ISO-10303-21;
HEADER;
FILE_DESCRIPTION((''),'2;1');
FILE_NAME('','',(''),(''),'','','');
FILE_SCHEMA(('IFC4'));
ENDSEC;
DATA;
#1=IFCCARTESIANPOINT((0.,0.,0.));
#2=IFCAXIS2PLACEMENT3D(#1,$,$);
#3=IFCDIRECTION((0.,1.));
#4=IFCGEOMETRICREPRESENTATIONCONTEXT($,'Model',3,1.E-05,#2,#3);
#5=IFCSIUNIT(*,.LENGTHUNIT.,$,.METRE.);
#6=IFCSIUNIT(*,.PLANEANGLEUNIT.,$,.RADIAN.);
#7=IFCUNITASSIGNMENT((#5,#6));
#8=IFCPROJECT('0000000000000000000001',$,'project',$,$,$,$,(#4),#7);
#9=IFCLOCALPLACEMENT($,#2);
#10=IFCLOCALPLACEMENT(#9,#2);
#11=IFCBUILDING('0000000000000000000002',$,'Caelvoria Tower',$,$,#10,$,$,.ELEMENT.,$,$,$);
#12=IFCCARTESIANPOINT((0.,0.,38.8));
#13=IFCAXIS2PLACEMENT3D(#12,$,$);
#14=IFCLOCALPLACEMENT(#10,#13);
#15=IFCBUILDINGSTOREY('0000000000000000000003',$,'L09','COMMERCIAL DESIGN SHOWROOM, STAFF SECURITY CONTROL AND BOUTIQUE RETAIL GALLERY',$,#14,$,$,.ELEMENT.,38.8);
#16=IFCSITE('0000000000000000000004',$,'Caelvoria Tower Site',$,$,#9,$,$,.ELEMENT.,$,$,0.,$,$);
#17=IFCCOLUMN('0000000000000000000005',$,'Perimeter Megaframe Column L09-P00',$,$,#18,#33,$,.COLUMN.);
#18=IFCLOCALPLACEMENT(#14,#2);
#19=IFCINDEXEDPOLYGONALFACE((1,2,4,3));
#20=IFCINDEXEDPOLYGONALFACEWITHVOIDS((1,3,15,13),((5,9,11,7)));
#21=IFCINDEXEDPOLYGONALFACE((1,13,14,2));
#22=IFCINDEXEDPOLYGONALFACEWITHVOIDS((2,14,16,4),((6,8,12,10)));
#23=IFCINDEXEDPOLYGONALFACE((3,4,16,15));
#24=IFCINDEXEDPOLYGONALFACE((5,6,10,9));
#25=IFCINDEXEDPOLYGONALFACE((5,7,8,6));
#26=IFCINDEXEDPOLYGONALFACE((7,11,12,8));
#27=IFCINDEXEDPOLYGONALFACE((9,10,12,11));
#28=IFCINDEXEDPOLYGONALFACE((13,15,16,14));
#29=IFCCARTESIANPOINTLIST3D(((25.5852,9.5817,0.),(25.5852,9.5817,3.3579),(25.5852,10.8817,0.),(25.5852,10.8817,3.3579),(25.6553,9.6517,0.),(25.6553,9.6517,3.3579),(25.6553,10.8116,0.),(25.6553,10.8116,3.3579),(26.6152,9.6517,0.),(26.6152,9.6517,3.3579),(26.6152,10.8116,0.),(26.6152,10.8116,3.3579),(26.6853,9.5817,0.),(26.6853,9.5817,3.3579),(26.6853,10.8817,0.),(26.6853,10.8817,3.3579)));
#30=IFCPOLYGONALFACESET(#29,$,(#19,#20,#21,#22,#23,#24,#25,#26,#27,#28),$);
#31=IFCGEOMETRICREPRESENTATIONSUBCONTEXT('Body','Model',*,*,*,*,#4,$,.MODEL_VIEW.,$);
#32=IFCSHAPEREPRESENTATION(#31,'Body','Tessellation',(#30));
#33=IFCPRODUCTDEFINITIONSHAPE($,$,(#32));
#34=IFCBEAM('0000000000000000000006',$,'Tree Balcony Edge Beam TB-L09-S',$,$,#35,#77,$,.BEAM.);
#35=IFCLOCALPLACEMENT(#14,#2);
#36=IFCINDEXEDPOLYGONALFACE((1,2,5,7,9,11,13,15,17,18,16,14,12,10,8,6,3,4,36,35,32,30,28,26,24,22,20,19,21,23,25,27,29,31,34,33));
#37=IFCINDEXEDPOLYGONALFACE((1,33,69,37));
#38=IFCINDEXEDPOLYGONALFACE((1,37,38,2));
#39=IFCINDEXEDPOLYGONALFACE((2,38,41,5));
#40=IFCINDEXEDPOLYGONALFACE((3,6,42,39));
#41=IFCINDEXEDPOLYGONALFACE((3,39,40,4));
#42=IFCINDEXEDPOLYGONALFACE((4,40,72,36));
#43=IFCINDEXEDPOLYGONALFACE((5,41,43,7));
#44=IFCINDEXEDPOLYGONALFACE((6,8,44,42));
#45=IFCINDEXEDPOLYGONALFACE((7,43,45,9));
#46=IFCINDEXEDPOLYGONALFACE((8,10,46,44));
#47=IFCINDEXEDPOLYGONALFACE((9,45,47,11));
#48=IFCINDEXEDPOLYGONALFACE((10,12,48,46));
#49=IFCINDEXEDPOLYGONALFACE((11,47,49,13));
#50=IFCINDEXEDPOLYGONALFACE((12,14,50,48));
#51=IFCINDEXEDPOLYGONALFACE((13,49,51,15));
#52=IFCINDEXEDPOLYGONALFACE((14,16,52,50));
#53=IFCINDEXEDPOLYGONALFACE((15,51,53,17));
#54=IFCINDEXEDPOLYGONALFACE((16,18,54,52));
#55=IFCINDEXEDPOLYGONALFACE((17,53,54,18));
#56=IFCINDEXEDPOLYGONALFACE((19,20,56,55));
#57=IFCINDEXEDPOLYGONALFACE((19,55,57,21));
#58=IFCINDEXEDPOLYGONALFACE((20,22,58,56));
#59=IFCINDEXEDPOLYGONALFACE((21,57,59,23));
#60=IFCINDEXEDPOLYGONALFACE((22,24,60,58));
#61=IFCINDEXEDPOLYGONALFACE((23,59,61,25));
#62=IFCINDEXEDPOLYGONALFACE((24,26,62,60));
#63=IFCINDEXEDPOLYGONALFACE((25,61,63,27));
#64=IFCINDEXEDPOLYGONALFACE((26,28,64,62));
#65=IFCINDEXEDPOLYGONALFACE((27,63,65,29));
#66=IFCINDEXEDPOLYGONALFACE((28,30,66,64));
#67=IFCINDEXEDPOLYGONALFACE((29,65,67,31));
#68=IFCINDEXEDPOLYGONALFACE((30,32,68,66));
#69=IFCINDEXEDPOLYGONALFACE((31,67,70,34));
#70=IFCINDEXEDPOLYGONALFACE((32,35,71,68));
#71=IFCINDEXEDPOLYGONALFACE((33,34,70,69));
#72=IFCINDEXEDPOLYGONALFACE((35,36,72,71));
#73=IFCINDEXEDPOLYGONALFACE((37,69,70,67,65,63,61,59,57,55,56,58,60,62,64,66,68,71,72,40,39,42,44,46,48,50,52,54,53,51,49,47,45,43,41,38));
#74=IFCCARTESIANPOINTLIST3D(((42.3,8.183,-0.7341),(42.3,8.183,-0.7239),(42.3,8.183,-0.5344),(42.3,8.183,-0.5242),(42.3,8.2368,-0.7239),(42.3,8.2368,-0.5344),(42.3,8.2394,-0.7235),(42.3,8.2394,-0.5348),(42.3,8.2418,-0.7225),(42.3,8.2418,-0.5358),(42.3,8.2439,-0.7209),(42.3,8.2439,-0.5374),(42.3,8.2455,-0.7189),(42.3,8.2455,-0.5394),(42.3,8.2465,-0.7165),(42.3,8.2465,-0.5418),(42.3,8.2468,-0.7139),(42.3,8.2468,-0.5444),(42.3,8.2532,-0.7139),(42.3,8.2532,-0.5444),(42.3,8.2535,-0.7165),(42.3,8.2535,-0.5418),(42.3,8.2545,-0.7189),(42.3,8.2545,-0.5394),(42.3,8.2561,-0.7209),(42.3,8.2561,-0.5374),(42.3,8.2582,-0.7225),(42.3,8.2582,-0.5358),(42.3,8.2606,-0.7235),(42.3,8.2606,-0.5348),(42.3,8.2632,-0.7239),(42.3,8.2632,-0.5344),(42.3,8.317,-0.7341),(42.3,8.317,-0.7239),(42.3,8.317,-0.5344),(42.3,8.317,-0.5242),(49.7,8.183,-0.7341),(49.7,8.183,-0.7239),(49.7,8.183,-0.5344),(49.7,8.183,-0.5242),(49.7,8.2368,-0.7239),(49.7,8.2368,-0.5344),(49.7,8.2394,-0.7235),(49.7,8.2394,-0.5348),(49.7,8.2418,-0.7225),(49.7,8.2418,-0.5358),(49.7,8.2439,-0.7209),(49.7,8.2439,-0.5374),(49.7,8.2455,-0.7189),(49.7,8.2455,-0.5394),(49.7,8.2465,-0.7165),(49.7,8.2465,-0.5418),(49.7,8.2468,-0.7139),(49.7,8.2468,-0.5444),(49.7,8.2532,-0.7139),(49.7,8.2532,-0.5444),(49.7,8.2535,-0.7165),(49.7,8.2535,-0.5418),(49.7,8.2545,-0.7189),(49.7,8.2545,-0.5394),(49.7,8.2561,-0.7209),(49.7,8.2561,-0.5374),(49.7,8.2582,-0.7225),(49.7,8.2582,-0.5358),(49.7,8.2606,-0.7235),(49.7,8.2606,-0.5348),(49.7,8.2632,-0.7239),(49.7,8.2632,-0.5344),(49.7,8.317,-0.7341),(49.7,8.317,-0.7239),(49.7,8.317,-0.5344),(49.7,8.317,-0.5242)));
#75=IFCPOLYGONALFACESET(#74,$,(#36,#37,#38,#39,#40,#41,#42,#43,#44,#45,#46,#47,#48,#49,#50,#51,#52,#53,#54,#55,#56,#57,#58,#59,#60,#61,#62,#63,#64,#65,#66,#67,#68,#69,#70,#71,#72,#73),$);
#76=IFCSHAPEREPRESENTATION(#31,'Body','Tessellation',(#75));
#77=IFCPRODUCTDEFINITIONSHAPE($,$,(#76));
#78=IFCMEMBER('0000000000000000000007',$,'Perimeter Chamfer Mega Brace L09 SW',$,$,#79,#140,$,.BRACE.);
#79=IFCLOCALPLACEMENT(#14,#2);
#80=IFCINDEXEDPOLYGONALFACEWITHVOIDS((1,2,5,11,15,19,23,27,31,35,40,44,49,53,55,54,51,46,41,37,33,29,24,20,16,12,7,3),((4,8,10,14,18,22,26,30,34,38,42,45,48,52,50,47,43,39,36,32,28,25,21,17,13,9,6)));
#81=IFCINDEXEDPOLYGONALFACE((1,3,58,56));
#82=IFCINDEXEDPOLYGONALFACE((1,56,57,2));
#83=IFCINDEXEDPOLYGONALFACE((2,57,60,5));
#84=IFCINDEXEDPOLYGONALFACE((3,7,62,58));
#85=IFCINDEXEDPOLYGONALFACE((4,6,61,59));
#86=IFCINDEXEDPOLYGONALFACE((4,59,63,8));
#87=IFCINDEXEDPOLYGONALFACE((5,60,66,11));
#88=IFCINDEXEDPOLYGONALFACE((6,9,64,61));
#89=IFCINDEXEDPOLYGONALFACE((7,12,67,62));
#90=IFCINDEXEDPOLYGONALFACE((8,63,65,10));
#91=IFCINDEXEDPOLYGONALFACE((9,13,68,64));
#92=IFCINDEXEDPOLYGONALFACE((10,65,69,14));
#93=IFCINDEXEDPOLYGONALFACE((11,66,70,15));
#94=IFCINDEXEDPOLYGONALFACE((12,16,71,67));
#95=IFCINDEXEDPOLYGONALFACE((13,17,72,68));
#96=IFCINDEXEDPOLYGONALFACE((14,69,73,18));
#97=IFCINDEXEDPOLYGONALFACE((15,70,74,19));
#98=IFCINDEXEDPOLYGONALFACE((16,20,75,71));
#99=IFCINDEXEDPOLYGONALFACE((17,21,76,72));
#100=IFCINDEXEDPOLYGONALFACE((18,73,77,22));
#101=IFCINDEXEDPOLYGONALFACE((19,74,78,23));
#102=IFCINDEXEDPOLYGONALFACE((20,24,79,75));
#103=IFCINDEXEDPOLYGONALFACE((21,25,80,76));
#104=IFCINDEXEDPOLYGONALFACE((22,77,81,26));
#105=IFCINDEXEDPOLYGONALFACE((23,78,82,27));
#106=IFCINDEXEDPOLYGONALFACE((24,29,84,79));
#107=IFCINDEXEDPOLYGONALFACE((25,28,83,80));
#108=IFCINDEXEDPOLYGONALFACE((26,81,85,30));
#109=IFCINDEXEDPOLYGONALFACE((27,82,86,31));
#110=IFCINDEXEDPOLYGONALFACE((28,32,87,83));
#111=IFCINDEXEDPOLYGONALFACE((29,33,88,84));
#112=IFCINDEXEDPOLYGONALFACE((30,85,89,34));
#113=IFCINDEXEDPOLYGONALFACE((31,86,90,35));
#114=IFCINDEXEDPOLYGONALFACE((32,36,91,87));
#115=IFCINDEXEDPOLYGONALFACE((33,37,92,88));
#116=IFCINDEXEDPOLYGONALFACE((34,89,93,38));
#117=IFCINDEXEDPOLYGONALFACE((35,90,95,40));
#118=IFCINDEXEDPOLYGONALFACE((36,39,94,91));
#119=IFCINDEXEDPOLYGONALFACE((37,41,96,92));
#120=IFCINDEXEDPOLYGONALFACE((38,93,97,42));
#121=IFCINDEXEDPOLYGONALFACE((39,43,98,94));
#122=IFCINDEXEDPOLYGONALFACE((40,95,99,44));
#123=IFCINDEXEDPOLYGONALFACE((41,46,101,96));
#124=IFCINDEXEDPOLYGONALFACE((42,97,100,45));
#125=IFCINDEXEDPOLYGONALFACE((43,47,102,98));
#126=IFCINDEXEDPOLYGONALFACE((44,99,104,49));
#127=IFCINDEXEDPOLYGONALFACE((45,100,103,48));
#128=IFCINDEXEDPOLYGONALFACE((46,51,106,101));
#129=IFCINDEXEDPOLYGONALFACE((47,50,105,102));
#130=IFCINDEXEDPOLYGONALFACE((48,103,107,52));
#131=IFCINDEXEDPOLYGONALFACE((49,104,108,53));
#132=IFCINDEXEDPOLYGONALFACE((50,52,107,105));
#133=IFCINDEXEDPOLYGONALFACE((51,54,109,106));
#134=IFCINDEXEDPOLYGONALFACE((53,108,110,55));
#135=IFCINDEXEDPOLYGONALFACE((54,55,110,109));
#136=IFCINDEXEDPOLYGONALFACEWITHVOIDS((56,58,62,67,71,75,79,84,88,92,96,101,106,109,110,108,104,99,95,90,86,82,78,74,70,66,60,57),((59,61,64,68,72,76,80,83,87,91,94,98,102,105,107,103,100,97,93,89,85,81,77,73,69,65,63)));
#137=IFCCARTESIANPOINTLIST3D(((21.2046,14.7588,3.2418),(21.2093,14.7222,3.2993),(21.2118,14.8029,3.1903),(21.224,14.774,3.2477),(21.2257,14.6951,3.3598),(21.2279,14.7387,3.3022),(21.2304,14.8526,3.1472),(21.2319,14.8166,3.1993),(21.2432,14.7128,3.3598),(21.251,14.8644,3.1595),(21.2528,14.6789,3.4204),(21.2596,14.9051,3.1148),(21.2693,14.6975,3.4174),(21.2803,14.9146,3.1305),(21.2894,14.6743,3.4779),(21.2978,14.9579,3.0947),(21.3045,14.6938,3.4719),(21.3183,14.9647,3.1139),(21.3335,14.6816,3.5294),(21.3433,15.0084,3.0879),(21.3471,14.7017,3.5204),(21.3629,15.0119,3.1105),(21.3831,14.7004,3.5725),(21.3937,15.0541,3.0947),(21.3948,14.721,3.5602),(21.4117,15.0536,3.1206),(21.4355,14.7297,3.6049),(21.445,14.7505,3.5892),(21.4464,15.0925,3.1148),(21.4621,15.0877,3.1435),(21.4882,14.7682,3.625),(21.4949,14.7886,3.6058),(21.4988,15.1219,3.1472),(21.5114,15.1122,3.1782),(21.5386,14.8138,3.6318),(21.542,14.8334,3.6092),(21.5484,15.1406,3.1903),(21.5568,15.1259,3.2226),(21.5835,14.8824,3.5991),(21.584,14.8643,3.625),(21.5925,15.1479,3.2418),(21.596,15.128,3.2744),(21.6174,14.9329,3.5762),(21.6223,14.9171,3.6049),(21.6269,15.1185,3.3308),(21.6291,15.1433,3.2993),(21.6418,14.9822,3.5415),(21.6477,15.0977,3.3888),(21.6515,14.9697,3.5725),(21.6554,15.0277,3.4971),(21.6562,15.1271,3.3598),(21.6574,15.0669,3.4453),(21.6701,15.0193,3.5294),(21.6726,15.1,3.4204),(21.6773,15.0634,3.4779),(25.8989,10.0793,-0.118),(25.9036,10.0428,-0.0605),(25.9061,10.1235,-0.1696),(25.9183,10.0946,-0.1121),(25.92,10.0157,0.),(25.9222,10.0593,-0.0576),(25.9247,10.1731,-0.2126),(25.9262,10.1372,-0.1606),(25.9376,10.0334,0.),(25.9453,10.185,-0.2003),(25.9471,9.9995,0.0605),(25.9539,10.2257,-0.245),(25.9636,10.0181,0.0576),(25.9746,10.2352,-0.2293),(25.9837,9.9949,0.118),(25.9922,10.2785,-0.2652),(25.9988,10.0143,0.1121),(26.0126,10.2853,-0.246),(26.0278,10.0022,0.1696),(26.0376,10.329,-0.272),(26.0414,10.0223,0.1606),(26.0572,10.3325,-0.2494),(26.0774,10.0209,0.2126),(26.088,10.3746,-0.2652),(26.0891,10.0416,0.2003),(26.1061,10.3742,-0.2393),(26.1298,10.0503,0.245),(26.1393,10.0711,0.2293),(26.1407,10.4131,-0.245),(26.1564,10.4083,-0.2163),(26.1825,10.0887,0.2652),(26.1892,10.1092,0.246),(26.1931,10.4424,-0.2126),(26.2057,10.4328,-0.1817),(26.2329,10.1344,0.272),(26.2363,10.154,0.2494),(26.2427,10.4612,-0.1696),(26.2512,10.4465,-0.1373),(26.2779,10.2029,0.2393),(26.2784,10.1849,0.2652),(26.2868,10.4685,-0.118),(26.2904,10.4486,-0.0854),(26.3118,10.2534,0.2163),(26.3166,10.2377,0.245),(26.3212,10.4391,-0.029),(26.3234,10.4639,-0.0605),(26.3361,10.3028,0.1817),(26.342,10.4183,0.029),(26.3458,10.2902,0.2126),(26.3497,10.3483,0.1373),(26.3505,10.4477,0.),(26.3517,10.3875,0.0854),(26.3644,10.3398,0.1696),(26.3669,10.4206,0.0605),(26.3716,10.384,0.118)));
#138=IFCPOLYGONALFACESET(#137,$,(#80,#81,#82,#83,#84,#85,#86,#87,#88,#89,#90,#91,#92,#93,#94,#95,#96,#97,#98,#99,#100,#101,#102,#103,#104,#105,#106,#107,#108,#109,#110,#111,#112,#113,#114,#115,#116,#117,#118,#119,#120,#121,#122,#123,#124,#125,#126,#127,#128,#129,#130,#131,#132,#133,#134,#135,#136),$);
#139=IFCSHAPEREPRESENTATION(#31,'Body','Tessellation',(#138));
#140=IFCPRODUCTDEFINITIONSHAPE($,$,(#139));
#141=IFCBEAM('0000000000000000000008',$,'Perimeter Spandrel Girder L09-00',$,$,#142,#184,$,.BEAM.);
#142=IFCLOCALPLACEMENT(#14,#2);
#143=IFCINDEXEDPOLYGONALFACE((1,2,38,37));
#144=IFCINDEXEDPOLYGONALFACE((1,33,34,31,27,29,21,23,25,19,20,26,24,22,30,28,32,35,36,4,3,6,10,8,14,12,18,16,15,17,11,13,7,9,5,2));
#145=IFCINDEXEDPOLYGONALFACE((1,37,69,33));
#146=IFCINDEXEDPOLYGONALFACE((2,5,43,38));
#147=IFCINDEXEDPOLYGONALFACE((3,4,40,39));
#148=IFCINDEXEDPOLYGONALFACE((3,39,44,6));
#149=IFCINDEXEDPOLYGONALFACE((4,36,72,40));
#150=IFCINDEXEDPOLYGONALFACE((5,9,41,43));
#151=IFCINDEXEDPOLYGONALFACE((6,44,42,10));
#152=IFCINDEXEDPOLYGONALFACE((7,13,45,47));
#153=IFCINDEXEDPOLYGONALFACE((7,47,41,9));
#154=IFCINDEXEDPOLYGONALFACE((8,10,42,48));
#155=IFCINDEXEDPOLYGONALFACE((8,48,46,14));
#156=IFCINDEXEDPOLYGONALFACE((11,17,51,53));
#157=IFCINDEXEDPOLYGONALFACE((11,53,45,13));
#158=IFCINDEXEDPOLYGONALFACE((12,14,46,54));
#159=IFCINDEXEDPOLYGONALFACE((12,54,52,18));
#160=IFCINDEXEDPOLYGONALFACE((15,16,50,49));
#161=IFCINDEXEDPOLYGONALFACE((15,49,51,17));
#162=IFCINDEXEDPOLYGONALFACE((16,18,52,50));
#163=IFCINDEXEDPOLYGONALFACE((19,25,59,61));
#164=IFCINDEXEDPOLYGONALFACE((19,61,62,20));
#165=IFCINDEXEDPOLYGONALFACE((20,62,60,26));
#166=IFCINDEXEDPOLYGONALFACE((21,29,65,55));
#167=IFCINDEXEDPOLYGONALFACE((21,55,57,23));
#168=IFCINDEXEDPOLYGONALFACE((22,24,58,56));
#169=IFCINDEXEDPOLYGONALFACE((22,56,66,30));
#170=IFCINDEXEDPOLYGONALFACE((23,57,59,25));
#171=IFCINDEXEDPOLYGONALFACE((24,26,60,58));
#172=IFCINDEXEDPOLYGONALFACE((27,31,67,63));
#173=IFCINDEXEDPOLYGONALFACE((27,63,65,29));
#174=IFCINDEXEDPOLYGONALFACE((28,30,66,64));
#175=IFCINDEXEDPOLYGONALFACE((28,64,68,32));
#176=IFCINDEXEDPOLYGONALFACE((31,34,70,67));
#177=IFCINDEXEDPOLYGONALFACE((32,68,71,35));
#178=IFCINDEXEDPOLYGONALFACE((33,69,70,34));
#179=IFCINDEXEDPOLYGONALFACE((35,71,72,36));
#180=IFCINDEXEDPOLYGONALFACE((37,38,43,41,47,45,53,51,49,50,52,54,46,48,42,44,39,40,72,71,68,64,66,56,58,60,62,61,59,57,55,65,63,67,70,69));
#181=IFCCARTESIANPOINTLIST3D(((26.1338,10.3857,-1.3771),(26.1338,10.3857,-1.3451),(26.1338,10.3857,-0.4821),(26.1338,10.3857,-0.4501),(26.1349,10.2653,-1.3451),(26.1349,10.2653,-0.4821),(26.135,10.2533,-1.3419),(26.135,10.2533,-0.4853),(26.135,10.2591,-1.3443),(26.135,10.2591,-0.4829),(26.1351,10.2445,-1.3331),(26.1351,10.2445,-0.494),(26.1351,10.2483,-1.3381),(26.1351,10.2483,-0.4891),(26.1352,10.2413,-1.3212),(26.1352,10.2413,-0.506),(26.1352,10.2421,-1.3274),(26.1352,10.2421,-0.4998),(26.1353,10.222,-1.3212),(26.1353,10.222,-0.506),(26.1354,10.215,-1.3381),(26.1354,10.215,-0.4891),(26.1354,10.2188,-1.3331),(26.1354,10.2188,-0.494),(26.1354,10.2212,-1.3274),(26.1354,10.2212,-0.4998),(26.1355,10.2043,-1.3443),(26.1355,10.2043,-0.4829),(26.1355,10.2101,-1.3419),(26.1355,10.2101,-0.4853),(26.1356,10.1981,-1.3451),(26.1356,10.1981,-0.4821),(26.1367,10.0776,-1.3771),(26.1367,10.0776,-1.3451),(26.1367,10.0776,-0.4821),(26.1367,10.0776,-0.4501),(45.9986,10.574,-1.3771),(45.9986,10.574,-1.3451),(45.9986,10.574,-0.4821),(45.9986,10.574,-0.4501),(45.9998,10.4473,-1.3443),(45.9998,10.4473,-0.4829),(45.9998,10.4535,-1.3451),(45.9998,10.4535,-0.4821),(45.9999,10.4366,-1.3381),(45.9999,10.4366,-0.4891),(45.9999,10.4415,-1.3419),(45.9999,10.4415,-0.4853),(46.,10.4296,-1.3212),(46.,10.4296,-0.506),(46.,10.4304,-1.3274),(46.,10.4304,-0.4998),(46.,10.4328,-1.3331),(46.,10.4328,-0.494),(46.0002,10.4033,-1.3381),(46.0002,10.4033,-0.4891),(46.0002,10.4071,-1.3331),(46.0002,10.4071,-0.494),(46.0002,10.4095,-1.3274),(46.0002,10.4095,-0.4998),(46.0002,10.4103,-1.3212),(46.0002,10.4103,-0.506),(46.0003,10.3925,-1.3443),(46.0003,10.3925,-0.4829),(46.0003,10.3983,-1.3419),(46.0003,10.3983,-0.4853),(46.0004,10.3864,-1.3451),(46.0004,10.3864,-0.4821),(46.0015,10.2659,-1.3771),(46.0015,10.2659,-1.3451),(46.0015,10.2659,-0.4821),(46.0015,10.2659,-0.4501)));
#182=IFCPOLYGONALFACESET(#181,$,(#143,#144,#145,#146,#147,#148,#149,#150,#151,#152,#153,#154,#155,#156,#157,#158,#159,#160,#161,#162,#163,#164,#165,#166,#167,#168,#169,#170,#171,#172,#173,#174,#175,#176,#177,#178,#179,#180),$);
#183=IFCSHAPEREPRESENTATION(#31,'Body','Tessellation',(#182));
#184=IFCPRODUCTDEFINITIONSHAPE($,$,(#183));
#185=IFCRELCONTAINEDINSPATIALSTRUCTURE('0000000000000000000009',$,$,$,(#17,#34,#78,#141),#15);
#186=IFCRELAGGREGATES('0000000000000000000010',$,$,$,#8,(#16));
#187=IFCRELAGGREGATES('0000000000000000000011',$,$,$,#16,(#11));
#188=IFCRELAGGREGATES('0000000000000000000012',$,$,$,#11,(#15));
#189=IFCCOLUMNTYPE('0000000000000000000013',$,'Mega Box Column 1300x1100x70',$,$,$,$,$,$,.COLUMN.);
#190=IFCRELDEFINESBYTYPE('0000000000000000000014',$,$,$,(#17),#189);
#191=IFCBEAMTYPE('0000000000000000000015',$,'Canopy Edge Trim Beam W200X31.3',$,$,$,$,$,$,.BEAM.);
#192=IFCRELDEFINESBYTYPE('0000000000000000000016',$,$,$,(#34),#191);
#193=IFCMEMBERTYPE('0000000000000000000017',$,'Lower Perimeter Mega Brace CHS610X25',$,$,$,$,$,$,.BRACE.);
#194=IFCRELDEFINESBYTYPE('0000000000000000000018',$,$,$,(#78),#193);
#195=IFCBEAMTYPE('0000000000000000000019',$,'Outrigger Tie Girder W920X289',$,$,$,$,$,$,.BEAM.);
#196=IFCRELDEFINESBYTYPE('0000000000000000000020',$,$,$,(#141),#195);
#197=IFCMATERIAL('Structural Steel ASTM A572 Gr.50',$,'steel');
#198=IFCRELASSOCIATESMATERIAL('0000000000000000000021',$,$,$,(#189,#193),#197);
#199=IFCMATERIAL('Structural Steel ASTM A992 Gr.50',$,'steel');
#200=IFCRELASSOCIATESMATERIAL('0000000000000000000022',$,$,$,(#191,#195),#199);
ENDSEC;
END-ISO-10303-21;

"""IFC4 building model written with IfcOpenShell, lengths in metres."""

from ifc_helpers import new_model, si_unit, direction, frame, origin, origin_2d, place, context, subcontext, project, spatial, hollow_rectangle, hollow_circle, i_section, extrude, material, material_profile, profile_set, type_object, element, save


model = new_model("IFC4")

# Units and contexts
model_context = context("Model", 3, precision=1e-05, world=origin(), true_north=direction((0.0, 1.0)))
body_context = subcontext(model_context, "Body", "Model", "MODEL_VIEW")
ifc_project = project(units=[si_unit("LENGTHUNIT", "METRE"), si_unit("PLANEANGLEUNIT", "RADIAN")], contexts=[model_context])

# Site, building, storey
site_placement = place(None, origin())
site = spatial("IfcSite", under=ifc_project, at=site_placement, Name="Caelvoria Tower Site", CompositionType="ELEMENT", RefElevation=0.0)
building_placement = place(site_placement, origin())
building = spatial("IfcBuilding", under=site, at=building_placement, Name="Caelvoria Tower", CompositionType="ELEMENT")
storey_placement = place(building_placement, frame((0.0, 0.0, 38.8)))
storey = spatial("IfcBuildingStorey", under=building, at=storey_placement, Name="L09", Description="COMMERCIAL DESIGN SHOWROOM, STAFF SECURITY CONTROL AND BOUTIQUE RETAIL GALLERY", CompositionType="ELEMENT", Elevation=38.8)

# Column
ifc_material_1 = material(Name="Structural Steel ASTM A572 Gr.50", Category="steel")
ifc_material_profile_1 = material_profile(ifc_material_1, hollow_rectangle(XDim=1.1001, YDim=1.3, WallThickness=0.0701, at=origin_2d()), Name="Structural Steel ASTM A572 Gr.50")
ifc_profile_set_1 = profile_set([ifc_material_profile_1], Name="BOX1300X1100X70 - Structural Steel ASTM A572 Gr.50")
column_type = type_object("IfcColumnType", Name="Mega Box Column 1300x1100x70", PredefinedType="COLUMN", material=ifc_profile_set_1)
column_placement = place(storey_placement, frame((26.1353, 10.2317, 0.0), z_axis=(0.0, 0.0, 1.0), x_axis=(1.0, 0.0, 0.0)))
element("IfcColumn", 1, at=column_placement, inside=storey, type_object=column_type, Name="Perimeter Megaframe Column L09-P00", PredefinedType="COLUMN", context=body_context, shape_type="SweptSolid", body=[
    extrude(hollow_rectangle(XDim=1.1001, YDim=1.3, WallThickness=0.0701, at=origin_2d()), origin(), (0.0, 0.0, 1.0), 3.3579),
])

# Beam
ifc_material_2 = material(Name="Structural Steel ASTM A992 Gr.50", Category="steel")
ifc_material_profile_2 = material_profile(ifc_material_2, i_section(OverallWidth=0.134, OverallDepth=0.21, WebThickness=0.0063, FlangeThickness=0.0103, FilletRadius=0.01, at=origin_2d()), Name="Structural Steel ASTM A992 Gr.50")
ifc_profile_set_2 = profile_set([ifc_material_profile_2], Name="W200X31.3 - Structural Steel ASTM A992 Gr.50")
beam_type_1 = type_object("IfcBeamType", Name="Canopy Edge Trim Beam W200X31.3", PredefinedType="BEAM", material=ifc_profile_set_2)
beam_1_placement = place(storey_placement, frame((42.3, 8.25, -0.6292), z_axis=(1.0, 0.0, 0.0), x_axis=(0.0, 1.0, 0.0)))
element("IfcBeam", 2, at=beam_1_placement, inside=storey, type_object=beam_type_1, Name="Tree Balcony Edge Beam TB-L09-S", PredefinedType="BEAM", context=body_context, shape_type="SweptSolid", body=[
    extrude(i_section(OverallWidth=0.134, OverallDepth=0.21, WebThickness=0.0063, FlangeThickness=0.0103, FilletRadius=0.01, at=origin_2d()), origin(), (0.0, 0.0, 1.0), 7.3999),
])

# Member
ifc_material_profile_3 = material_profile(ifc_material_1, hollow_circle(Radius=0.3049, WallThickness=0.0249, at=origin_2d()), Name="Structural Steel ASTM A572 Gr.50")
ifc_profile_set_3 = profile_set([ifc_material_profile_3], Name="CHS610X25 - Structural Steel ASTM A572 Gr.50")
member_type = type_object("IfcMemberType", Name="Lower Perimeter Mega Brace CHS610X25", PredefinedType="BRACE", material=ifc_profile_set_3)
member_placement = place(storey_placement, frame((26.1353, 10.2317, 0.0), z_axis=(-0.631707, 0.629703, 0.45213), x_axis=(-0.705982, -0.708229, 0.0)))
element("IfcMember", 3, at=member_placement, inside=storey, type_object=member_type, Name="Perimeter Chamfer Mega Brace L09 SW", PredefinedType="BRACE", context=body_context, shape_type="SweptSolid", body=[
    extrude(hollow_circle(Radius=0.3049, WallThickness=0.0249, at=origin_2d()), origin(), (0.0, 0.0, 1.0), 7.4312),
])

# Beam
ifc_material_profile_4 = material_profile(ifc_material_2, i_section(OverallWidth=0.3081, OverallDepth=0.927, WebThickness=0.0193, FlangeThickness=0.032, FilletRadius=0.0239, at=origin_2d()), Name="Structural Steel ASTM A992 Gr.50")
ifc_profile_set_4 = profile_set([ifc_material_profile_4], Name="W920X289 - Structural Steel ASTM A992 Gr.50")
beam_type_2 = type_object("IfcBeamType", Name="Outrigger Tie Girder W920X289", PredefinedType="BEAM", material=ifc_profile_set_4)
beam_2_placement = place(storey_placement, frame((26.1353, 10.2317, -0.9136), z_axis=(0.999955, 0.009475, 0.0), x_axis=(-0.009475, 0.999955, 0.0)))
element("IfcBeam", 4, at=beam_2_placement, inside=storey, type_object=beam_type_2, Name="Perimeter Spandrel Girder L09-00", PredefinedType="BEAM", context=body_context, shape_type="SweptSolid", body=[
    extrude(i_section(OverallWidth=0.3081, OverallDepth=0.927, WebThickness=0.0193, FlangeThickness=0.032, FilletRadius=0.0239, at=origin_2d()), origin(), (0.0, 0.0, 1.0), 19.8657),
])

save(model, "model.ifc")
